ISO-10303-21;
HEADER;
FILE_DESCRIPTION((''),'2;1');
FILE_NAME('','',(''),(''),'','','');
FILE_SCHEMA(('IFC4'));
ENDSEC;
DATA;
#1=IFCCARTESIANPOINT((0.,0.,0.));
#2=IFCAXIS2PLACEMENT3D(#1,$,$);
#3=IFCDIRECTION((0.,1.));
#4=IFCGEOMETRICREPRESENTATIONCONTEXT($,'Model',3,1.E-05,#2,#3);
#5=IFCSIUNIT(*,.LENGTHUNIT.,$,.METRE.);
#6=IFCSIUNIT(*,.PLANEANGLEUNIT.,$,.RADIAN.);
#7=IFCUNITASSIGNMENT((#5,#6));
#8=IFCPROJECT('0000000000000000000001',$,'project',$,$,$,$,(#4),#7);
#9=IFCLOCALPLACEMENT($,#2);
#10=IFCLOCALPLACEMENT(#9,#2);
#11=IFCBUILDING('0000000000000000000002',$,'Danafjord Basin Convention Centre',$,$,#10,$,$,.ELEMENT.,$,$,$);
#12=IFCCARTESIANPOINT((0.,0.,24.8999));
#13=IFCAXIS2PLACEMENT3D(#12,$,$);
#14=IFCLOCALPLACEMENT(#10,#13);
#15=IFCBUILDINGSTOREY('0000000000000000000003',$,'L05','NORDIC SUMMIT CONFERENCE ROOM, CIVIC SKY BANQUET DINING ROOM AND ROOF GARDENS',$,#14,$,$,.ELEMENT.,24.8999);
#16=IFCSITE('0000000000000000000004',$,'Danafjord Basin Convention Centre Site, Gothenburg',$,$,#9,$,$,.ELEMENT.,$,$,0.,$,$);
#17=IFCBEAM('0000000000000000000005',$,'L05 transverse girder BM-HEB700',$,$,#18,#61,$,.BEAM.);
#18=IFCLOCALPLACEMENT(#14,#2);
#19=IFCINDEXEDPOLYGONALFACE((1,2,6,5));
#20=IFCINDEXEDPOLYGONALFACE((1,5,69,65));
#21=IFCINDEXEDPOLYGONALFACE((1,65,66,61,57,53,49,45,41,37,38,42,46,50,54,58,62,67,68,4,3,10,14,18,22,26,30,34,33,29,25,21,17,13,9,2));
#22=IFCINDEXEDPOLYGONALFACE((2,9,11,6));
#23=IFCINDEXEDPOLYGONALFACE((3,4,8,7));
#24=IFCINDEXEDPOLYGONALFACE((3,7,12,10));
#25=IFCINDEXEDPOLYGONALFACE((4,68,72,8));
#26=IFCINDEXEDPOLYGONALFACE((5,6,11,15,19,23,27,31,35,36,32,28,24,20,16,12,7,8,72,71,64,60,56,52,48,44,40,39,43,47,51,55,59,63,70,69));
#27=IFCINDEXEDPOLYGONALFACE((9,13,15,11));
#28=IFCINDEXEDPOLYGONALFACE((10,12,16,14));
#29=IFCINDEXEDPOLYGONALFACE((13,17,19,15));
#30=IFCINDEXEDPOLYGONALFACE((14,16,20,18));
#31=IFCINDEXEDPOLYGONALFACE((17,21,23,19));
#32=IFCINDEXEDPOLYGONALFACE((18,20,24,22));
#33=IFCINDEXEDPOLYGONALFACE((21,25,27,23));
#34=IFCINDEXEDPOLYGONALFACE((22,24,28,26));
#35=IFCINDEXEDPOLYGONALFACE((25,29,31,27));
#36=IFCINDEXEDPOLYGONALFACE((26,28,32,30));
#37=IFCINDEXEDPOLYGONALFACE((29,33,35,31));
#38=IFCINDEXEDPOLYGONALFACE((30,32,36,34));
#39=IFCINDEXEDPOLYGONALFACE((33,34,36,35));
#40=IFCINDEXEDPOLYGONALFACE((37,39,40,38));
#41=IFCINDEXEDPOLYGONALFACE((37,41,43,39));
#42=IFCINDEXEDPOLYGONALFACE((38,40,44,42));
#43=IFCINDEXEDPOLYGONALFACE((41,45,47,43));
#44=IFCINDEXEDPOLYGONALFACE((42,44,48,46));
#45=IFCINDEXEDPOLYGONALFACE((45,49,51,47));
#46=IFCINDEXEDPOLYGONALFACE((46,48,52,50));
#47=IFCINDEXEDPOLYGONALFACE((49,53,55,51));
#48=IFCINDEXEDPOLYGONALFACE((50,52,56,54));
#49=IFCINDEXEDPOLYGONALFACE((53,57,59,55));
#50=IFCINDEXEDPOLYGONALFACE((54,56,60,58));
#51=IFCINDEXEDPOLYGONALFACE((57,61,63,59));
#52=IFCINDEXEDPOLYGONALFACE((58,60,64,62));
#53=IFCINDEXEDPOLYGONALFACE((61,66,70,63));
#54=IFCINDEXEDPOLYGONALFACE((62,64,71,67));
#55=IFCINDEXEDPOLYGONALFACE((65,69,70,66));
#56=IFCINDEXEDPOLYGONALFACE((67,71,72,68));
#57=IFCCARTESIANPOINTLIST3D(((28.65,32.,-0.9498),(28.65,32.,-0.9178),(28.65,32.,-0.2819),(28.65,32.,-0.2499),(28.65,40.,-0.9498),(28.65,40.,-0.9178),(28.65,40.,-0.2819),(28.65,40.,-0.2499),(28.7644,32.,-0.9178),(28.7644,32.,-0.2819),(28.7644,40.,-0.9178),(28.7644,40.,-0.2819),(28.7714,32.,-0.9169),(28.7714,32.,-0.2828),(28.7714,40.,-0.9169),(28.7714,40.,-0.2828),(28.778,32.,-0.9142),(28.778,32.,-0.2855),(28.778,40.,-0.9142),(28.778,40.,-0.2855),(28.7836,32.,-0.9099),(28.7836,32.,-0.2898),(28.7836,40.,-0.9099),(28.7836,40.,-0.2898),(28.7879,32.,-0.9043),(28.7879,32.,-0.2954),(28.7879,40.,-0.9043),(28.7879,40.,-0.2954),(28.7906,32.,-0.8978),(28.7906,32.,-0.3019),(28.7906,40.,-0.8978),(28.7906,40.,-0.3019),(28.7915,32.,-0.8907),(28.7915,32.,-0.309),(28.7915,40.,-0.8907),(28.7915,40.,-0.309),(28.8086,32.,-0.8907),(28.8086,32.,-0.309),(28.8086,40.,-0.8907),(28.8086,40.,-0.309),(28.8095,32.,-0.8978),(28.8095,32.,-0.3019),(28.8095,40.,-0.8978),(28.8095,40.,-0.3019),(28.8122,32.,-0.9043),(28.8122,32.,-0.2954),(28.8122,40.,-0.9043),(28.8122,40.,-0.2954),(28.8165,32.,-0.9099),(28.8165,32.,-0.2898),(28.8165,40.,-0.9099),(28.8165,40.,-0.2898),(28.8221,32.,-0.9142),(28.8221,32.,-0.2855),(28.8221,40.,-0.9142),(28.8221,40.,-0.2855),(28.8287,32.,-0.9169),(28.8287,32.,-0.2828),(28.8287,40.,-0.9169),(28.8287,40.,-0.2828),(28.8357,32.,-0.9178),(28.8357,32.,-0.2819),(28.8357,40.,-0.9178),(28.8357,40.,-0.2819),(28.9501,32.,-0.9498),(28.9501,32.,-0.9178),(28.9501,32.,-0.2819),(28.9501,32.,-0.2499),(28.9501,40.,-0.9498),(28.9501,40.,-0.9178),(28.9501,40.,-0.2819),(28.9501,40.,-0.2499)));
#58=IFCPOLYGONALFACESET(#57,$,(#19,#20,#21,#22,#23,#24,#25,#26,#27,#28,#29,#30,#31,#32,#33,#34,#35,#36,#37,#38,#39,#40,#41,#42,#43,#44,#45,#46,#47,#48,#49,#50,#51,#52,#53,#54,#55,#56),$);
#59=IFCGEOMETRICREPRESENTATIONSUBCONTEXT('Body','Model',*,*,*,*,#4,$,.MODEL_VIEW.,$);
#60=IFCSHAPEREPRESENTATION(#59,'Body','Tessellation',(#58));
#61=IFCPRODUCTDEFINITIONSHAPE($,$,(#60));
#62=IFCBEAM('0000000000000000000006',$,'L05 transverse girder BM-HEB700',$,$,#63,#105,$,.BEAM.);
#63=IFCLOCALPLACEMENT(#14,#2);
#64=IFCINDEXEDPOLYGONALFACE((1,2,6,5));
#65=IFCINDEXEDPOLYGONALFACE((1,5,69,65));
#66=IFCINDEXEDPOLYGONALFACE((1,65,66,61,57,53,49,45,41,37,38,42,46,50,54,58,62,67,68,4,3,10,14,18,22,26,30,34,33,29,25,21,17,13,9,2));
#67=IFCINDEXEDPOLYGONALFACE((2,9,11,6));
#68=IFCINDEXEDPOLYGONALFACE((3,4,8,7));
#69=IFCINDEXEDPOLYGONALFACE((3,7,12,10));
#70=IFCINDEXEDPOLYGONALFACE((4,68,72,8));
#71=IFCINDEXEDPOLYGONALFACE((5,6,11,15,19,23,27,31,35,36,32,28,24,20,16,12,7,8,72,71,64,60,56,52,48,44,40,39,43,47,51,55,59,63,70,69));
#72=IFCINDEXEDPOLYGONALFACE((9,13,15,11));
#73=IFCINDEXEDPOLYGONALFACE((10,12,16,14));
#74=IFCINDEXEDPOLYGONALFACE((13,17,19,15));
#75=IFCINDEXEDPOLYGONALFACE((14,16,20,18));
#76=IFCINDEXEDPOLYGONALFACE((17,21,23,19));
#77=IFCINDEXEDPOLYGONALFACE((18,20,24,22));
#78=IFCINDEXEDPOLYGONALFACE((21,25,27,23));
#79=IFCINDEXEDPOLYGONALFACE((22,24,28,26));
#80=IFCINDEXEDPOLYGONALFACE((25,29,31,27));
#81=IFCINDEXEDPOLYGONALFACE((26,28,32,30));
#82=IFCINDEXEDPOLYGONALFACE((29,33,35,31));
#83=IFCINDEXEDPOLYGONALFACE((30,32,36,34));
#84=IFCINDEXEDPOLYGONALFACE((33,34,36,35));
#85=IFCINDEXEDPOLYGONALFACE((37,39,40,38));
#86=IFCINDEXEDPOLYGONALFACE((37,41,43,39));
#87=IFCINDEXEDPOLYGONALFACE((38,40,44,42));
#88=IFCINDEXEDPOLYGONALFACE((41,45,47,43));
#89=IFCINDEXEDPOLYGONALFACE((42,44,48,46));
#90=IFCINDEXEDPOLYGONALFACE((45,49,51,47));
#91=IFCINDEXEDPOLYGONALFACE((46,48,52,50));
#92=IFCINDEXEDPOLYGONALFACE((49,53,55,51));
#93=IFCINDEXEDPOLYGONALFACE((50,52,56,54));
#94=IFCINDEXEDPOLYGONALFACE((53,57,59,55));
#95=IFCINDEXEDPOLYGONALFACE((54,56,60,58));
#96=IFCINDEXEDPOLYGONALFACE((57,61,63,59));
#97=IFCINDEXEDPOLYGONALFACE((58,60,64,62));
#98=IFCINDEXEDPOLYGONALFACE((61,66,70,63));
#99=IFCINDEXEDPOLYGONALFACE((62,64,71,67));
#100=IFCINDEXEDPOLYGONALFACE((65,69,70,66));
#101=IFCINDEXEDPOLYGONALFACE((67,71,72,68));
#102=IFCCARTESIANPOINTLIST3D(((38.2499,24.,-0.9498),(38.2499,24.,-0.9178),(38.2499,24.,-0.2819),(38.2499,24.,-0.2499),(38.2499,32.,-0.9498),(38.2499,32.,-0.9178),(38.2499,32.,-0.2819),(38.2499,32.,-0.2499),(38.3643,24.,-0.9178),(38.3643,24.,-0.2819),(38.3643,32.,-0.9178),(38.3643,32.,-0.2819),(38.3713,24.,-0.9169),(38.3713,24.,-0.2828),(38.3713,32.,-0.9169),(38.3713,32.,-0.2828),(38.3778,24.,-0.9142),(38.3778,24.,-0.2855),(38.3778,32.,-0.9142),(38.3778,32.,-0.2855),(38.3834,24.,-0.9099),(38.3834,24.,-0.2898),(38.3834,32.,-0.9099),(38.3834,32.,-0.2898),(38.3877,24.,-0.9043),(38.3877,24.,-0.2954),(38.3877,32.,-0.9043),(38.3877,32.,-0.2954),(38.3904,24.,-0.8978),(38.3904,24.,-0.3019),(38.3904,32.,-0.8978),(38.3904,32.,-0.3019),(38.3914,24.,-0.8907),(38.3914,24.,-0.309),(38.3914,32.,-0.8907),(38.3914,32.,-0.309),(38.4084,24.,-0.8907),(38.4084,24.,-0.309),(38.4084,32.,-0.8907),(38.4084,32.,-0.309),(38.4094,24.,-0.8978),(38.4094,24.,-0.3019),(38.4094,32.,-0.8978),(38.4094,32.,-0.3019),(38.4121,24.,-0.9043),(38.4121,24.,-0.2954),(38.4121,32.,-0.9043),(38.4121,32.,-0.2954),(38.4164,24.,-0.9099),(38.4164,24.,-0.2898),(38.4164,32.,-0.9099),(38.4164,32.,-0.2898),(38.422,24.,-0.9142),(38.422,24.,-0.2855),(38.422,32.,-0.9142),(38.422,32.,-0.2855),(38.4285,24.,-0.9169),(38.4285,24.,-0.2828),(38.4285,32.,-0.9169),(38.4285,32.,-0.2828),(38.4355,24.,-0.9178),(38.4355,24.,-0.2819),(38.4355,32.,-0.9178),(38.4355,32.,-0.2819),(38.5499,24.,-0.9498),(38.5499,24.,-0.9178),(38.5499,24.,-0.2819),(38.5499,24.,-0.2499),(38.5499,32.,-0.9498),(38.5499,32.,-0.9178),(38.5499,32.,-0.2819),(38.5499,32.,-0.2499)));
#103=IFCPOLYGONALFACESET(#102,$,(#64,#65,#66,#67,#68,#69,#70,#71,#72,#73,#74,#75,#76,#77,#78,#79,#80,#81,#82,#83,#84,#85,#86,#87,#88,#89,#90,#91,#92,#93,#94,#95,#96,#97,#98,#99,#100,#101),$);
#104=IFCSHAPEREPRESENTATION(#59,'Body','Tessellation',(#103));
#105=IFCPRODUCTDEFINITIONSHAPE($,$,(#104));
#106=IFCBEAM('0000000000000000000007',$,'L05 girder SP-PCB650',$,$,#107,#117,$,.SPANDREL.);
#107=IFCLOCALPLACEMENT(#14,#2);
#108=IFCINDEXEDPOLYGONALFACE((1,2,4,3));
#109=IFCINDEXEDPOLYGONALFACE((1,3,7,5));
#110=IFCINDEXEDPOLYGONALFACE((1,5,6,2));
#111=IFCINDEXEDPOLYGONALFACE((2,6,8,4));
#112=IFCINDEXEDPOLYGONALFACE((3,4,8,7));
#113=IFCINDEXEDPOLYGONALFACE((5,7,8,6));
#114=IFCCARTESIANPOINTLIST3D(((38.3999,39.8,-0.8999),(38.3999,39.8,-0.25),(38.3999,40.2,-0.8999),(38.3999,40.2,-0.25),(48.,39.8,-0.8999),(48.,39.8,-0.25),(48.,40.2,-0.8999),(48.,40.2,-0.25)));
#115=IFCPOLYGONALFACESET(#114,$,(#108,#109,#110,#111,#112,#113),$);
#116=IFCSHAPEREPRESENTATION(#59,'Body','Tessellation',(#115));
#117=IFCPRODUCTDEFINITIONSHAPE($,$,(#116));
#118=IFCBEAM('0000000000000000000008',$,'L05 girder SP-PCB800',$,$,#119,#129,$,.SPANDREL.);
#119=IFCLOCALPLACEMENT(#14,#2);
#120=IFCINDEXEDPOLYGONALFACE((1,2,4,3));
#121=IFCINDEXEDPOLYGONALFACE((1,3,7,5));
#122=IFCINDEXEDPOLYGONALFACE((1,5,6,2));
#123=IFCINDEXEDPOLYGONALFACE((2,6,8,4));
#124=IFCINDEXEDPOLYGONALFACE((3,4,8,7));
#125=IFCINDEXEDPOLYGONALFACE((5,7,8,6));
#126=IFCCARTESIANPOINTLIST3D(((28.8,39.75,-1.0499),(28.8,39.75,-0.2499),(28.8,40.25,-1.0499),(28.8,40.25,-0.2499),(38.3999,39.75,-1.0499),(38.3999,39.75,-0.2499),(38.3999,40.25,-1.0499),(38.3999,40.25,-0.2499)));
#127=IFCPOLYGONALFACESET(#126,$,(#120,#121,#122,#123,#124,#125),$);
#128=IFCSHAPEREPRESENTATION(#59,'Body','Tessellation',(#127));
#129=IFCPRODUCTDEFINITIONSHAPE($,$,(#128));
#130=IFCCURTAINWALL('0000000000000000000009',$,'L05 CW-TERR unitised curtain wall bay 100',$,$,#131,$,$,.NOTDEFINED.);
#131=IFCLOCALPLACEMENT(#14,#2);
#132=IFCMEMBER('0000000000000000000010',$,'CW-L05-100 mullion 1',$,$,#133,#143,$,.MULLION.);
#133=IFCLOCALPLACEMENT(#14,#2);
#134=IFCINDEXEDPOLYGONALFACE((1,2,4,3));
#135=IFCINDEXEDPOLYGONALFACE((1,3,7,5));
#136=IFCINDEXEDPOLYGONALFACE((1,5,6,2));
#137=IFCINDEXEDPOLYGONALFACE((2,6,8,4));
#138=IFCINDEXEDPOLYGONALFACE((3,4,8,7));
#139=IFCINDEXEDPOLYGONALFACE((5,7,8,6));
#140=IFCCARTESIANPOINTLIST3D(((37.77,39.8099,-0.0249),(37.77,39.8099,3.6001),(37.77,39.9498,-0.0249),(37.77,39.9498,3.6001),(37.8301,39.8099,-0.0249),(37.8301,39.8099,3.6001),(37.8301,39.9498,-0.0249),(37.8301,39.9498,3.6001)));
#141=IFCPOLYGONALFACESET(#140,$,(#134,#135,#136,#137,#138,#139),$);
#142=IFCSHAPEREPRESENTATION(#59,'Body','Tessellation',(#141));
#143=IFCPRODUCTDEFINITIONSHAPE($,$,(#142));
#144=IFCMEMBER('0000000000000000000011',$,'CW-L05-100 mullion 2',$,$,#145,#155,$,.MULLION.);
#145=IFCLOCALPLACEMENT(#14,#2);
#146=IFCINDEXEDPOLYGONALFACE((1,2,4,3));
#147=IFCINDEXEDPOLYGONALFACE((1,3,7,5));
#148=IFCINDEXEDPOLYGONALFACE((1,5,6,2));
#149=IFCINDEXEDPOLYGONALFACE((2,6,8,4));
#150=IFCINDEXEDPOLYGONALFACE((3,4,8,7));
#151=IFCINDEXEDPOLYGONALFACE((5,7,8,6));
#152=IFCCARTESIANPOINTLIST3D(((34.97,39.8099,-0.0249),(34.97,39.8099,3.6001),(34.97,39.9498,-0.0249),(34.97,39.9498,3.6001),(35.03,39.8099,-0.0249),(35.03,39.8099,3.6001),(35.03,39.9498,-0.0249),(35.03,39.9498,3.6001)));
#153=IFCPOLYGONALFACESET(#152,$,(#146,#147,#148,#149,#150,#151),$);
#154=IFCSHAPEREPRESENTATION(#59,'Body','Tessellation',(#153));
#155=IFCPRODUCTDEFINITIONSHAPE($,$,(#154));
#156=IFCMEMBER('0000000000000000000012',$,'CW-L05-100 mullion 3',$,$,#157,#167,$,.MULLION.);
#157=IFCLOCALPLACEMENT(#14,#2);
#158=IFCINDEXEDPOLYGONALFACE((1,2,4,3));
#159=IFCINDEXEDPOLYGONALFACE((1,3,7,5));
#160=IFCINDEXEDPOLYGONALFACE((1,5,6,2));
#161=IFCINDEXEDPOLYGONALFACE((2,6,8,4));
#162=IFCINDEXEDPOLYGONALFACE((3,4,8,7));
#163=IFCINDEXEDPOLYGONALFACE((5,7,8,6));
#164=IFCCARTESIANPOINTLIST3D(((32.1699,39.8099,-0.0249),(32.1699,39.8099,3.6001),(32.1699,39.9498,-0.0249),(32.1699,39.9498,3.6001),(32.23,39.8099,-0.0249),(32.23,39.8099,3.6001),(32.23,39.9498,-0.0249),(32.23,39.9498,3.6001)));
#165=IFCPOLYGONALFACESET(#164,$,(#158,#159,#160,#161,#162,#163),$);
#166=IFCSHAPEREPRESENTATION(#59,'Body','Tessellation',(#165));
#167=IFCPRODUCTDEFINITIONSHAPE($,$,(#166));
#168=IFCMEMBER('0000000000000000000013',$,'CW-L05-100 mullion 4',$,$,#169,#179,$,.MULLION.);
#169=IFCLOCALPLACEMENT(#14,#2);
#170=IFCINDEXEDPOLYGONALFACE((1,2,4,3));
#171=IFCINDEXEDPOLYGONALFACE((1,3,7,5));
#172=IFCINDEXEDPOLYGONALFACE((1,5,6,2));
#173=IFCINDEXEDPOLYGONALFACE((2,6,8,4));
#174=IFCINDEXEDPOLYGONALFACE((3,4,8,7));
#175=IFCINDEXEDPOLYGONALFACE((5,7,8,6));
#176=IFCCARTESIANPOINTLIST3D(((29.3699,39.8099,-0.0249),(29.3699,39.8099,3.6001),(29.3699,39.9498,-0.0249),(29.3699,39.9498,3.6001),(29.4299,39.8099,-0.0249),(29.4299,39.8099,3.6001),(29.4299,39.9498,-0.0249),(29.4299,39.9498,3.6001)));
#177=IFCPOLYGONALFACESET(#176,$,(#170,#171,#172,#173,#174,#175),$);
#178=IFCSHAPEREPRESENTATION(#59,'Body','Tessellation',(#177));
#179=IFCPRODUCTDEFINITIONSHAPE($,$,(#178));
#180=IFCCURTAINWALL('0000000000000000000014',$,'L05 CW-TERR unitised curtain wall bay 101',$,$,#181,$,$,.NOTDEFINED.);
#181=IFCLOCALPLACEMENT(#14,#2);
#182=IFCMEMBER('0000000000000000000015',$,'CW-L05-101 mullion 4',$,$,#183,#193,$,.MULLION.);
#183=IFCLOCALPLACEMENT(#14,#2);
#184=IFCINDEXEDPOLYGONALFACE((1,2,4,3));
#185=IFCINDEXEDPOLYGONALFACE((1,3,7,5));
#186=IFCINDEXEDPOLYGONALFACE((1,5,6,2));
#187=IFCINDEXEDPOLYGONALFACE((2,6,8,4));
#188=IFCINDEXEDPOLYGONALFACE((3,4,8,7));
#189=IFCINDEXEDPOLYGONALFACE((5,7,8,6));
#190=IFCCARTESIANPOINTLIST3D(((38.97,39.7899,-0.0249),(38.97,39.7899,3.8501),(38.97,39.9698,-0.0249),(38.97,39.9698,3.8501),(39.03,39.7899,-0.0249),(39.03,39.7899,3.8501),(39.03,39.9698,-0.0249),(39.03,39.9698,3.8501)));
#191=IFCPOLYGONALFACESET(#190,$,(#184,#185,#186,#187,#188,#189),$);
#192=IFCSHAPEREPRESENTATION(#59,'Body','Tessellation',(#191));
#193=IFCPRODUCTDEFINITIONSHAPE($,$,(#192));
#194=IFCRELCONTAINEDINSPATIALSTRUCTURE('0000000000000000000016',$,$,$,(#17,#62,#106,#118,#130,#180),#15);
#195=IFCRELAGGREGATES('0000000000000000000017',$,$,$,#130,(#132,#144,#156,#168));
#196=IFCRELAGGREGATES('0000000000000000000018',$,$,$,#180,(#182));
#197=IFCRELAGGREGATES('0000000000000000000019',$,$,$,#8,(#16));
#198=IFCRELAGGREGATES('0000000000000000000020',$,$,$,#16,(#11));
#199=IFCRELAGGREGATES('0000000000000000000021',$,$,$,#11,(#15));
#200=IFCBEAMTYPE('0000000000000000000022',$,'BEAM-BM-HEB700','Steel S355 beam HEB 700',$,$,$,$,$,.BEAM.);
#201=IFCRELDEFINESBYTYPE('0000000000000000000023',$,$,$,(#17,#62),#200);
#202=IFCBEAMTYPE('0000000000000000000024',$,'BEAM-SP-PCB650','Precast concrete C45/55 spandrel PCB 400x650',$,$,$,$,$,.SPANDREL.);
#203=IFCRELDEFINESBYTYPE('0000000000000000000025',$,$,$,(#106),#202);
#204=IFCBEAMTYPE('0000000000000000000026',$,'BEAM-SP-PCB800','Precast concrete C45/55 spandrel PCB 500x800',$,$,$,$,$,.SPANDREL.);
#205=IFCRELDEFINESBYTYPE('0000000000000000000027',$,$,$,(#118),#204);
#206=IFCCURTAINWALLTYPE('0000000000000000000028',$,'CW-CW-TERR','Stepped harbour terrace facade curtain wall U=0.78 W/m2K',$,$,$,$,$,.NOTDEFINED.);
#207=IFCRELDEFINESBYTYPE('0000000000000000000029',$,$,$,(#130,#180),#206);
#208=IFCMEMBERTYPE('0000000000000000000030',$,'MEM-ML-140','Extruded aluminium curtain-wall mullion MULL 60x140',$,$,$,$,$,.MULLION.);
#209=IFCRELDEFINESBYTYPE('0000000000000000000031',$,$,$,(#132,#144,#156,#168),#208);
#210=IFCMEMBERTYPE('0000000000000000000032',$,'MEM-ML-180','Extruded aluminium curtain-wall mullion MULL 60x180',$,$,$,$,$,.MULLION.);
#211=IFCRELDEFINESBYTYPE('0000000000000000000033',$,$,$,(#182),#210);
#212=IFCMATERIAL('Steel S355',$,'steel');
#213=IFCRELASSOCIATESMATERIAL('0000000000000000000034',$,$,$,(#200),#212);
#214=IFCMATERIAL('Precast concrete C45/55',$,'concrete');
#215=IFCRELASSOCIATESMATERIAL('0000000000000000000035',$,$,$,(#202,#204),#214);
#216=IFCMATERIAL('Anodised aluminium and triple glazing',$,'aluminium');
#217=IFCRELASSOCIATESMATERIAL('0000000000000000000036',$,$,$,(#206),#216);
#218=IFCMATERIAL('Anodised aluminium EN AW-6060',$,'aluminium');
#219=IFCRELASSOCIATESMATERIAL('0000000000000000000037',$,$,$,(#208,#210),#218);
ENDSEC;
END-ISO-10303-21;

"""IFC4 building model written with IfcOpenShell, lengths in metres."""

from ifc_helpers import new_model, si_unit, direction, frame, origin, origin_2d, place, context, subcontext, project, spatial, rectangle, i_section, extrude, material, material_profile, profile_set, type_object, element, aggregate, save


model = new_model("IFC4")

# Units and contexts
model_context = context("Model", 3, precision=1e-05, world=origin(), true_north=direction((0.0, 1.0)))
body_context = subcontext(model_context, "Body", "Model", "MODEL_VIEW")
ifc_project = project(units=[si_unit("LENGTHUNIT", "METRE"), si_unit("PLANEANGLEUNIT", "RADIAN")], contexts=[model_context])

# Site, building, storey
site_placement = place(None, origin())
site = spatial("IfcSite", under=ifc_project, at=site_placement, Name="Danafjord Basin Convention Centre Site, Gothenburg", CompositionType="ELEMENT", RefElevation=0.0)
building_placement = place(site_placement, origin())
building = spatial("IfcBuilding", under=site, at=building_placement, Name="Danafjord Basin Convention Centre", CompositionType="ELEMENT")
storey_placement = place(building_placement, frame((0.0, 0.0, 24.8999)))
storey = spatial("IfcBuildingStorey", under=building, at=storey_placement, Name="L05", Description="NORDIC SUMMIT CONFERENCE ROOM, CIVIC SKY BANQUET DINING ROOM AND ROOF GARDENS", CompositionType="ELEMENT", Elevation=24.8999)

# Shared definitions
ifc_material_1 = material(Name="Steel S355", Category="steel")

# Beams
ifc_material_profile_1 = material_profile(ifc_material_1, i_section(OverallWidth=0.3, OverallDepth=0.7, WebThickness=0.0171, FlangeThickness=0.032, FilletRadius=0.0271, at=origin_2d()), Name="HEB 700")
ifc_profile_set_1 = profile_set([ifc_material_profile_1], Name="Steel S355")
beam_type_1 = type_object("IfcBeamType", Name="BEAM-BM-HEB700", Description="Steel S355 beam HEB 700", PredefinedType="BEAM", material=ifc_profile_set_1)
for number, where, z_axis, x_axis, name in (
    (1, (28.8, 32.0, -0.5999), (0.0, 1.0, 0.0), (-1.0, 0.0, 0.0), "L05 transverse girder BM-HEB700"),
    (2, (38.3999, 24.0, -0.5999), (0.0, 1.0, 0.0), (-1.0, 0.0, 0.0), "L05 transverse girder BM-HEB700"),
):
    element("IfcBeam", number, at=place(storey_placement, frame(where, z_axis=z_axis, x_axis=x_axis)), inside=storey, type_object=beam_type_1, Name=name, PredefinedType="BEAM", context=body_context, shape_type="SweptSolid", body=[
        extrude(i_section(OverallWidth=0.3, OverallDepth=0.7, WebThickness=0.0171, FlangeThickness=0.032, FilletRadius=0.0271, at=origin_2d()), origin(), (0.0, 0.0, 1.0), 8.0),
    ])
ifc_material_2 = material(Name="Precast concrete C45/55", Category="concrete")
ifc_material_profile_2 = material_profile(ifc_material_2, rectangle(XDim=0.3999, YDim=0.6499, at=origin_2d()), Name="PCB 400x650")
ifc_profile_set_2 = profile_set([ifc_material_profile_2], Name="Precast concrete C45/55")
beam_type_2 = type_object("IfcBeamType", Name="BEAM-SP-PCB650", Description="Precast concrete C45/55 spandrel PCB 400x650", PredefinedType="SPANDREL", material=ifc_profile_set_2)
beam_1_placement = place(storey_placement, frame((38.3999, 40.0, -0.575), z_axis=(1.0, 0.0, 0.0), x_axis=(0.0, 1.0, 0.0)))
element("IfcBeam", 3, at=beam_1_placement, inside=storey, type_object=beam_type_2, Name="L05 girder SP-PCB650", PredefinedType="SPANDREL", context=body_context, shape_type="SweptSolid", body=[
    extrude(rectangle(XDim=0.3999, YDim=0.6499, at=origin_2d()), origin(), (0.0, 0.0, 1.0), 9.6001),
])
ifc_material_profile_3 = material_profile(ifc_material_2, rectangle(XDim=0.5, YDim=0.8, at=origin_2d()), Name="PCB 500x800")
ifc_profile_set_3 = profile_set([ifc_material_profile_3], Name="Precast concrete C45/55")
beam_type_3 = type_object("IfcBeamType", Name="BEAM-SP-PCB800", Description="Precast concrete C45/55 spandrel PCB 500x800", PredefinedType="SPANDREL", material=ifc_profile_set_3)
beam_2_placement = place(storey_placement, frame((28.8, 40.0, -0.6499), z_axis=(1.0, 0.0, 0.0), x_axis=(0.0, 1.0, 0.0)))
element("IfcBeam", 4, at=beam_2_placement, inside=storey, type_object=beam_type_3, Name="L05 girder SP-PCB800", PredefinedType="SPANDREL", context=body_context, shape_type="SweptSolid", body=[
    extrude(rectangle(XDim=0.5, YDim=0.8, at=origin_2d()), origin(), (0.0, 0.0, 1.0), 9.5999),
])

# Curtain wall, members
ifc_material_3 = material(Name="Anodised aluminium and triple glazing", Category="aluminium")
curtain_wall_type = type_object("IfcCurtainWallType", Name="CW-CW-TERR", Description="Stepped harbour terrace facade curtain wall U=0.78 W/m2K", PredefinedType="NOTDEFINED", material=ifc_material_3)
curtain_wall_1_placement = place(storey_placement, origin())
curtain_wall_1 = element("IfcCurtainWall", 5, at=curtain_wall_1_placement, inside=storey, type_object=curtain_wall_type, Name="L05 CW-TERR unitised curtain wall bay 100", PredefinedType="NOTDEFINED")
ifc_material_4 = material(Name="Anodised aluminium EN AW-6060", Category="aluminium")
ifc_material_profile_4 = material_profile(ifc_material_4, rectangle(XDim=0.0601, YDim=0.1399, at=origin_2d()), Name="MULL 60x140")
ifc_profile_set_4 = profile_set([ifc_material_profile_4], Name="Anodised aluminium EN AW-6060")
member_type_1 = type_object("IfcMemberType", Name="MEM-ML-140", Description="Extruded aluminium curtain-wall mullion MULL 60x140", PredefinedType="MULLION", material=ifc_profile_set_4)
member_1_placement = place(storey_placement, frame((37.8, 39.8799, -0.0249), z_axis=(0.0, 0.0, 1.0), x_axis=(-1.0, 0.0, 0.0)))
member_1 = element("IfcMember", 6, at=member_1_placement, type_object=member_type_1, Name="CW-L05-100 mullion 1", PredefinedType="MULLION", context=body_context, shape_type="SweptSolid", body=[
    extrude(rectangle(XDim=0.0601, YDim=0.1399, at=origin_2d()), origin(), (0.0, 0.0, 1.0), 3.625),
])
member_2_placement = place(storey_placement, frame((35.0, 39.8799, -0.0249), z_axis=(0.0, 0.0, 1.0), x_axis=(-1.0, 0.0, 0.0)))
member_2 = element("IfcMember", 7, at=member_2_placement, type_object=member_type_1, Name="CW-L05-100 mullion 2", PredefinedType="MULLION", context=body_context, shape_type="SweptSolid", body=[
    extrude(rectangle(XDim=0.0601, YDim=0.1399, at=origin_2d()), origin(), (0.0, 0.0, 1.0), 3.625),
])
member_3_placement = place(storey_placement, frame((32.2, 39.8799, -0.0249), z_axis=(0.0, 0.0, 1.0), x_axis=(-1.0, 0.0, 0.0)))
member_3 = element("IfcMember", 8, at=member_3_placement, type_object=member_type_1, Name="CW-L05-100 mullion 3", PredefinedType="MULLION", context=body_context, shape_type="SweptSolid", body=[
    extrude(rectangle(XDim=0.0601, YDim=0.1399, at=origin_2d()), origin(), (0.0, 0.0, 1.0), 3.625),
])
member_4_placement = place(storey_placement, frame((29.3999, 39.8799, -0.0249), z_axis=(0.0, 0.0, 1.0), x_axis=(-1.0, 0.0, 0.0)))
member_4 = element("IfcMember", 9, at=member_4_placement, type_object=member_type_1, Name="CW-L05-100 mullion 4", PredefinedType="MULLION", context=body_context, shape_type="SweptSolid", body=[
    extrude(rectangle(XDim=0.0601, YDim=0.1399, at=origin_2d()), origin(), (0.0, 0.0, 1.0), 3.625),
])

# Curtain wall, member
curtain_wall_2_placement = place(storey_placement, origin())
curtain_wall_2 = element("IfcCurtainWall", 10, at=curtain_wall_2_placement, inside=storey, type_object=curtain_wall_type, Name="L05 CW-TERR unitised curtain wall bay 101", PredefinedType="NOTDEFINED")
ifc_material_profile_5 = material_profile(ifc_material_4, rectangle(XDim=0.0601, YDim=0.1799, at=origin_2d()), Name="MULL 60x180")
ifc_profile_set_5 = profile_set([ifc_material_profile_5], Name="Anodised aluminium EN AW-6060")
member_type_2 = type_object("IfcMemberType", Name="MEM-ML-180", Description="Extruded aluminium curtain-wall mullion MULL 60x180", PredefinedType="MULLION", material=ifc_profile_set_5)
member_5_placement = place(storey_placement, frame((39.0, 39.8799, -0.0249), z_axis=(0.0, 0.0, 1.0), x_axis=(-1.0, 0.0, 0.0)))
member_5 = element("IfcMember", 11, at=member_5_placement, type_object=member_type_2, Name="CW-L05-101 mullion 4", PredefinedType="MULLION", context=body_context, shape_type="SweptSolid", body=[
    extrude(rectangle(XDim=0.0601, YDim=0.1799, at=origin_2d()), origin(), (0.0, 0.0, 1.0), 3.875),
])

aggregate(curtain_wall_1, [member_1, member_2, member_3, member_4])
aggregate(curtain_wall_2, [member_5])

save(model, "model.ifc")
